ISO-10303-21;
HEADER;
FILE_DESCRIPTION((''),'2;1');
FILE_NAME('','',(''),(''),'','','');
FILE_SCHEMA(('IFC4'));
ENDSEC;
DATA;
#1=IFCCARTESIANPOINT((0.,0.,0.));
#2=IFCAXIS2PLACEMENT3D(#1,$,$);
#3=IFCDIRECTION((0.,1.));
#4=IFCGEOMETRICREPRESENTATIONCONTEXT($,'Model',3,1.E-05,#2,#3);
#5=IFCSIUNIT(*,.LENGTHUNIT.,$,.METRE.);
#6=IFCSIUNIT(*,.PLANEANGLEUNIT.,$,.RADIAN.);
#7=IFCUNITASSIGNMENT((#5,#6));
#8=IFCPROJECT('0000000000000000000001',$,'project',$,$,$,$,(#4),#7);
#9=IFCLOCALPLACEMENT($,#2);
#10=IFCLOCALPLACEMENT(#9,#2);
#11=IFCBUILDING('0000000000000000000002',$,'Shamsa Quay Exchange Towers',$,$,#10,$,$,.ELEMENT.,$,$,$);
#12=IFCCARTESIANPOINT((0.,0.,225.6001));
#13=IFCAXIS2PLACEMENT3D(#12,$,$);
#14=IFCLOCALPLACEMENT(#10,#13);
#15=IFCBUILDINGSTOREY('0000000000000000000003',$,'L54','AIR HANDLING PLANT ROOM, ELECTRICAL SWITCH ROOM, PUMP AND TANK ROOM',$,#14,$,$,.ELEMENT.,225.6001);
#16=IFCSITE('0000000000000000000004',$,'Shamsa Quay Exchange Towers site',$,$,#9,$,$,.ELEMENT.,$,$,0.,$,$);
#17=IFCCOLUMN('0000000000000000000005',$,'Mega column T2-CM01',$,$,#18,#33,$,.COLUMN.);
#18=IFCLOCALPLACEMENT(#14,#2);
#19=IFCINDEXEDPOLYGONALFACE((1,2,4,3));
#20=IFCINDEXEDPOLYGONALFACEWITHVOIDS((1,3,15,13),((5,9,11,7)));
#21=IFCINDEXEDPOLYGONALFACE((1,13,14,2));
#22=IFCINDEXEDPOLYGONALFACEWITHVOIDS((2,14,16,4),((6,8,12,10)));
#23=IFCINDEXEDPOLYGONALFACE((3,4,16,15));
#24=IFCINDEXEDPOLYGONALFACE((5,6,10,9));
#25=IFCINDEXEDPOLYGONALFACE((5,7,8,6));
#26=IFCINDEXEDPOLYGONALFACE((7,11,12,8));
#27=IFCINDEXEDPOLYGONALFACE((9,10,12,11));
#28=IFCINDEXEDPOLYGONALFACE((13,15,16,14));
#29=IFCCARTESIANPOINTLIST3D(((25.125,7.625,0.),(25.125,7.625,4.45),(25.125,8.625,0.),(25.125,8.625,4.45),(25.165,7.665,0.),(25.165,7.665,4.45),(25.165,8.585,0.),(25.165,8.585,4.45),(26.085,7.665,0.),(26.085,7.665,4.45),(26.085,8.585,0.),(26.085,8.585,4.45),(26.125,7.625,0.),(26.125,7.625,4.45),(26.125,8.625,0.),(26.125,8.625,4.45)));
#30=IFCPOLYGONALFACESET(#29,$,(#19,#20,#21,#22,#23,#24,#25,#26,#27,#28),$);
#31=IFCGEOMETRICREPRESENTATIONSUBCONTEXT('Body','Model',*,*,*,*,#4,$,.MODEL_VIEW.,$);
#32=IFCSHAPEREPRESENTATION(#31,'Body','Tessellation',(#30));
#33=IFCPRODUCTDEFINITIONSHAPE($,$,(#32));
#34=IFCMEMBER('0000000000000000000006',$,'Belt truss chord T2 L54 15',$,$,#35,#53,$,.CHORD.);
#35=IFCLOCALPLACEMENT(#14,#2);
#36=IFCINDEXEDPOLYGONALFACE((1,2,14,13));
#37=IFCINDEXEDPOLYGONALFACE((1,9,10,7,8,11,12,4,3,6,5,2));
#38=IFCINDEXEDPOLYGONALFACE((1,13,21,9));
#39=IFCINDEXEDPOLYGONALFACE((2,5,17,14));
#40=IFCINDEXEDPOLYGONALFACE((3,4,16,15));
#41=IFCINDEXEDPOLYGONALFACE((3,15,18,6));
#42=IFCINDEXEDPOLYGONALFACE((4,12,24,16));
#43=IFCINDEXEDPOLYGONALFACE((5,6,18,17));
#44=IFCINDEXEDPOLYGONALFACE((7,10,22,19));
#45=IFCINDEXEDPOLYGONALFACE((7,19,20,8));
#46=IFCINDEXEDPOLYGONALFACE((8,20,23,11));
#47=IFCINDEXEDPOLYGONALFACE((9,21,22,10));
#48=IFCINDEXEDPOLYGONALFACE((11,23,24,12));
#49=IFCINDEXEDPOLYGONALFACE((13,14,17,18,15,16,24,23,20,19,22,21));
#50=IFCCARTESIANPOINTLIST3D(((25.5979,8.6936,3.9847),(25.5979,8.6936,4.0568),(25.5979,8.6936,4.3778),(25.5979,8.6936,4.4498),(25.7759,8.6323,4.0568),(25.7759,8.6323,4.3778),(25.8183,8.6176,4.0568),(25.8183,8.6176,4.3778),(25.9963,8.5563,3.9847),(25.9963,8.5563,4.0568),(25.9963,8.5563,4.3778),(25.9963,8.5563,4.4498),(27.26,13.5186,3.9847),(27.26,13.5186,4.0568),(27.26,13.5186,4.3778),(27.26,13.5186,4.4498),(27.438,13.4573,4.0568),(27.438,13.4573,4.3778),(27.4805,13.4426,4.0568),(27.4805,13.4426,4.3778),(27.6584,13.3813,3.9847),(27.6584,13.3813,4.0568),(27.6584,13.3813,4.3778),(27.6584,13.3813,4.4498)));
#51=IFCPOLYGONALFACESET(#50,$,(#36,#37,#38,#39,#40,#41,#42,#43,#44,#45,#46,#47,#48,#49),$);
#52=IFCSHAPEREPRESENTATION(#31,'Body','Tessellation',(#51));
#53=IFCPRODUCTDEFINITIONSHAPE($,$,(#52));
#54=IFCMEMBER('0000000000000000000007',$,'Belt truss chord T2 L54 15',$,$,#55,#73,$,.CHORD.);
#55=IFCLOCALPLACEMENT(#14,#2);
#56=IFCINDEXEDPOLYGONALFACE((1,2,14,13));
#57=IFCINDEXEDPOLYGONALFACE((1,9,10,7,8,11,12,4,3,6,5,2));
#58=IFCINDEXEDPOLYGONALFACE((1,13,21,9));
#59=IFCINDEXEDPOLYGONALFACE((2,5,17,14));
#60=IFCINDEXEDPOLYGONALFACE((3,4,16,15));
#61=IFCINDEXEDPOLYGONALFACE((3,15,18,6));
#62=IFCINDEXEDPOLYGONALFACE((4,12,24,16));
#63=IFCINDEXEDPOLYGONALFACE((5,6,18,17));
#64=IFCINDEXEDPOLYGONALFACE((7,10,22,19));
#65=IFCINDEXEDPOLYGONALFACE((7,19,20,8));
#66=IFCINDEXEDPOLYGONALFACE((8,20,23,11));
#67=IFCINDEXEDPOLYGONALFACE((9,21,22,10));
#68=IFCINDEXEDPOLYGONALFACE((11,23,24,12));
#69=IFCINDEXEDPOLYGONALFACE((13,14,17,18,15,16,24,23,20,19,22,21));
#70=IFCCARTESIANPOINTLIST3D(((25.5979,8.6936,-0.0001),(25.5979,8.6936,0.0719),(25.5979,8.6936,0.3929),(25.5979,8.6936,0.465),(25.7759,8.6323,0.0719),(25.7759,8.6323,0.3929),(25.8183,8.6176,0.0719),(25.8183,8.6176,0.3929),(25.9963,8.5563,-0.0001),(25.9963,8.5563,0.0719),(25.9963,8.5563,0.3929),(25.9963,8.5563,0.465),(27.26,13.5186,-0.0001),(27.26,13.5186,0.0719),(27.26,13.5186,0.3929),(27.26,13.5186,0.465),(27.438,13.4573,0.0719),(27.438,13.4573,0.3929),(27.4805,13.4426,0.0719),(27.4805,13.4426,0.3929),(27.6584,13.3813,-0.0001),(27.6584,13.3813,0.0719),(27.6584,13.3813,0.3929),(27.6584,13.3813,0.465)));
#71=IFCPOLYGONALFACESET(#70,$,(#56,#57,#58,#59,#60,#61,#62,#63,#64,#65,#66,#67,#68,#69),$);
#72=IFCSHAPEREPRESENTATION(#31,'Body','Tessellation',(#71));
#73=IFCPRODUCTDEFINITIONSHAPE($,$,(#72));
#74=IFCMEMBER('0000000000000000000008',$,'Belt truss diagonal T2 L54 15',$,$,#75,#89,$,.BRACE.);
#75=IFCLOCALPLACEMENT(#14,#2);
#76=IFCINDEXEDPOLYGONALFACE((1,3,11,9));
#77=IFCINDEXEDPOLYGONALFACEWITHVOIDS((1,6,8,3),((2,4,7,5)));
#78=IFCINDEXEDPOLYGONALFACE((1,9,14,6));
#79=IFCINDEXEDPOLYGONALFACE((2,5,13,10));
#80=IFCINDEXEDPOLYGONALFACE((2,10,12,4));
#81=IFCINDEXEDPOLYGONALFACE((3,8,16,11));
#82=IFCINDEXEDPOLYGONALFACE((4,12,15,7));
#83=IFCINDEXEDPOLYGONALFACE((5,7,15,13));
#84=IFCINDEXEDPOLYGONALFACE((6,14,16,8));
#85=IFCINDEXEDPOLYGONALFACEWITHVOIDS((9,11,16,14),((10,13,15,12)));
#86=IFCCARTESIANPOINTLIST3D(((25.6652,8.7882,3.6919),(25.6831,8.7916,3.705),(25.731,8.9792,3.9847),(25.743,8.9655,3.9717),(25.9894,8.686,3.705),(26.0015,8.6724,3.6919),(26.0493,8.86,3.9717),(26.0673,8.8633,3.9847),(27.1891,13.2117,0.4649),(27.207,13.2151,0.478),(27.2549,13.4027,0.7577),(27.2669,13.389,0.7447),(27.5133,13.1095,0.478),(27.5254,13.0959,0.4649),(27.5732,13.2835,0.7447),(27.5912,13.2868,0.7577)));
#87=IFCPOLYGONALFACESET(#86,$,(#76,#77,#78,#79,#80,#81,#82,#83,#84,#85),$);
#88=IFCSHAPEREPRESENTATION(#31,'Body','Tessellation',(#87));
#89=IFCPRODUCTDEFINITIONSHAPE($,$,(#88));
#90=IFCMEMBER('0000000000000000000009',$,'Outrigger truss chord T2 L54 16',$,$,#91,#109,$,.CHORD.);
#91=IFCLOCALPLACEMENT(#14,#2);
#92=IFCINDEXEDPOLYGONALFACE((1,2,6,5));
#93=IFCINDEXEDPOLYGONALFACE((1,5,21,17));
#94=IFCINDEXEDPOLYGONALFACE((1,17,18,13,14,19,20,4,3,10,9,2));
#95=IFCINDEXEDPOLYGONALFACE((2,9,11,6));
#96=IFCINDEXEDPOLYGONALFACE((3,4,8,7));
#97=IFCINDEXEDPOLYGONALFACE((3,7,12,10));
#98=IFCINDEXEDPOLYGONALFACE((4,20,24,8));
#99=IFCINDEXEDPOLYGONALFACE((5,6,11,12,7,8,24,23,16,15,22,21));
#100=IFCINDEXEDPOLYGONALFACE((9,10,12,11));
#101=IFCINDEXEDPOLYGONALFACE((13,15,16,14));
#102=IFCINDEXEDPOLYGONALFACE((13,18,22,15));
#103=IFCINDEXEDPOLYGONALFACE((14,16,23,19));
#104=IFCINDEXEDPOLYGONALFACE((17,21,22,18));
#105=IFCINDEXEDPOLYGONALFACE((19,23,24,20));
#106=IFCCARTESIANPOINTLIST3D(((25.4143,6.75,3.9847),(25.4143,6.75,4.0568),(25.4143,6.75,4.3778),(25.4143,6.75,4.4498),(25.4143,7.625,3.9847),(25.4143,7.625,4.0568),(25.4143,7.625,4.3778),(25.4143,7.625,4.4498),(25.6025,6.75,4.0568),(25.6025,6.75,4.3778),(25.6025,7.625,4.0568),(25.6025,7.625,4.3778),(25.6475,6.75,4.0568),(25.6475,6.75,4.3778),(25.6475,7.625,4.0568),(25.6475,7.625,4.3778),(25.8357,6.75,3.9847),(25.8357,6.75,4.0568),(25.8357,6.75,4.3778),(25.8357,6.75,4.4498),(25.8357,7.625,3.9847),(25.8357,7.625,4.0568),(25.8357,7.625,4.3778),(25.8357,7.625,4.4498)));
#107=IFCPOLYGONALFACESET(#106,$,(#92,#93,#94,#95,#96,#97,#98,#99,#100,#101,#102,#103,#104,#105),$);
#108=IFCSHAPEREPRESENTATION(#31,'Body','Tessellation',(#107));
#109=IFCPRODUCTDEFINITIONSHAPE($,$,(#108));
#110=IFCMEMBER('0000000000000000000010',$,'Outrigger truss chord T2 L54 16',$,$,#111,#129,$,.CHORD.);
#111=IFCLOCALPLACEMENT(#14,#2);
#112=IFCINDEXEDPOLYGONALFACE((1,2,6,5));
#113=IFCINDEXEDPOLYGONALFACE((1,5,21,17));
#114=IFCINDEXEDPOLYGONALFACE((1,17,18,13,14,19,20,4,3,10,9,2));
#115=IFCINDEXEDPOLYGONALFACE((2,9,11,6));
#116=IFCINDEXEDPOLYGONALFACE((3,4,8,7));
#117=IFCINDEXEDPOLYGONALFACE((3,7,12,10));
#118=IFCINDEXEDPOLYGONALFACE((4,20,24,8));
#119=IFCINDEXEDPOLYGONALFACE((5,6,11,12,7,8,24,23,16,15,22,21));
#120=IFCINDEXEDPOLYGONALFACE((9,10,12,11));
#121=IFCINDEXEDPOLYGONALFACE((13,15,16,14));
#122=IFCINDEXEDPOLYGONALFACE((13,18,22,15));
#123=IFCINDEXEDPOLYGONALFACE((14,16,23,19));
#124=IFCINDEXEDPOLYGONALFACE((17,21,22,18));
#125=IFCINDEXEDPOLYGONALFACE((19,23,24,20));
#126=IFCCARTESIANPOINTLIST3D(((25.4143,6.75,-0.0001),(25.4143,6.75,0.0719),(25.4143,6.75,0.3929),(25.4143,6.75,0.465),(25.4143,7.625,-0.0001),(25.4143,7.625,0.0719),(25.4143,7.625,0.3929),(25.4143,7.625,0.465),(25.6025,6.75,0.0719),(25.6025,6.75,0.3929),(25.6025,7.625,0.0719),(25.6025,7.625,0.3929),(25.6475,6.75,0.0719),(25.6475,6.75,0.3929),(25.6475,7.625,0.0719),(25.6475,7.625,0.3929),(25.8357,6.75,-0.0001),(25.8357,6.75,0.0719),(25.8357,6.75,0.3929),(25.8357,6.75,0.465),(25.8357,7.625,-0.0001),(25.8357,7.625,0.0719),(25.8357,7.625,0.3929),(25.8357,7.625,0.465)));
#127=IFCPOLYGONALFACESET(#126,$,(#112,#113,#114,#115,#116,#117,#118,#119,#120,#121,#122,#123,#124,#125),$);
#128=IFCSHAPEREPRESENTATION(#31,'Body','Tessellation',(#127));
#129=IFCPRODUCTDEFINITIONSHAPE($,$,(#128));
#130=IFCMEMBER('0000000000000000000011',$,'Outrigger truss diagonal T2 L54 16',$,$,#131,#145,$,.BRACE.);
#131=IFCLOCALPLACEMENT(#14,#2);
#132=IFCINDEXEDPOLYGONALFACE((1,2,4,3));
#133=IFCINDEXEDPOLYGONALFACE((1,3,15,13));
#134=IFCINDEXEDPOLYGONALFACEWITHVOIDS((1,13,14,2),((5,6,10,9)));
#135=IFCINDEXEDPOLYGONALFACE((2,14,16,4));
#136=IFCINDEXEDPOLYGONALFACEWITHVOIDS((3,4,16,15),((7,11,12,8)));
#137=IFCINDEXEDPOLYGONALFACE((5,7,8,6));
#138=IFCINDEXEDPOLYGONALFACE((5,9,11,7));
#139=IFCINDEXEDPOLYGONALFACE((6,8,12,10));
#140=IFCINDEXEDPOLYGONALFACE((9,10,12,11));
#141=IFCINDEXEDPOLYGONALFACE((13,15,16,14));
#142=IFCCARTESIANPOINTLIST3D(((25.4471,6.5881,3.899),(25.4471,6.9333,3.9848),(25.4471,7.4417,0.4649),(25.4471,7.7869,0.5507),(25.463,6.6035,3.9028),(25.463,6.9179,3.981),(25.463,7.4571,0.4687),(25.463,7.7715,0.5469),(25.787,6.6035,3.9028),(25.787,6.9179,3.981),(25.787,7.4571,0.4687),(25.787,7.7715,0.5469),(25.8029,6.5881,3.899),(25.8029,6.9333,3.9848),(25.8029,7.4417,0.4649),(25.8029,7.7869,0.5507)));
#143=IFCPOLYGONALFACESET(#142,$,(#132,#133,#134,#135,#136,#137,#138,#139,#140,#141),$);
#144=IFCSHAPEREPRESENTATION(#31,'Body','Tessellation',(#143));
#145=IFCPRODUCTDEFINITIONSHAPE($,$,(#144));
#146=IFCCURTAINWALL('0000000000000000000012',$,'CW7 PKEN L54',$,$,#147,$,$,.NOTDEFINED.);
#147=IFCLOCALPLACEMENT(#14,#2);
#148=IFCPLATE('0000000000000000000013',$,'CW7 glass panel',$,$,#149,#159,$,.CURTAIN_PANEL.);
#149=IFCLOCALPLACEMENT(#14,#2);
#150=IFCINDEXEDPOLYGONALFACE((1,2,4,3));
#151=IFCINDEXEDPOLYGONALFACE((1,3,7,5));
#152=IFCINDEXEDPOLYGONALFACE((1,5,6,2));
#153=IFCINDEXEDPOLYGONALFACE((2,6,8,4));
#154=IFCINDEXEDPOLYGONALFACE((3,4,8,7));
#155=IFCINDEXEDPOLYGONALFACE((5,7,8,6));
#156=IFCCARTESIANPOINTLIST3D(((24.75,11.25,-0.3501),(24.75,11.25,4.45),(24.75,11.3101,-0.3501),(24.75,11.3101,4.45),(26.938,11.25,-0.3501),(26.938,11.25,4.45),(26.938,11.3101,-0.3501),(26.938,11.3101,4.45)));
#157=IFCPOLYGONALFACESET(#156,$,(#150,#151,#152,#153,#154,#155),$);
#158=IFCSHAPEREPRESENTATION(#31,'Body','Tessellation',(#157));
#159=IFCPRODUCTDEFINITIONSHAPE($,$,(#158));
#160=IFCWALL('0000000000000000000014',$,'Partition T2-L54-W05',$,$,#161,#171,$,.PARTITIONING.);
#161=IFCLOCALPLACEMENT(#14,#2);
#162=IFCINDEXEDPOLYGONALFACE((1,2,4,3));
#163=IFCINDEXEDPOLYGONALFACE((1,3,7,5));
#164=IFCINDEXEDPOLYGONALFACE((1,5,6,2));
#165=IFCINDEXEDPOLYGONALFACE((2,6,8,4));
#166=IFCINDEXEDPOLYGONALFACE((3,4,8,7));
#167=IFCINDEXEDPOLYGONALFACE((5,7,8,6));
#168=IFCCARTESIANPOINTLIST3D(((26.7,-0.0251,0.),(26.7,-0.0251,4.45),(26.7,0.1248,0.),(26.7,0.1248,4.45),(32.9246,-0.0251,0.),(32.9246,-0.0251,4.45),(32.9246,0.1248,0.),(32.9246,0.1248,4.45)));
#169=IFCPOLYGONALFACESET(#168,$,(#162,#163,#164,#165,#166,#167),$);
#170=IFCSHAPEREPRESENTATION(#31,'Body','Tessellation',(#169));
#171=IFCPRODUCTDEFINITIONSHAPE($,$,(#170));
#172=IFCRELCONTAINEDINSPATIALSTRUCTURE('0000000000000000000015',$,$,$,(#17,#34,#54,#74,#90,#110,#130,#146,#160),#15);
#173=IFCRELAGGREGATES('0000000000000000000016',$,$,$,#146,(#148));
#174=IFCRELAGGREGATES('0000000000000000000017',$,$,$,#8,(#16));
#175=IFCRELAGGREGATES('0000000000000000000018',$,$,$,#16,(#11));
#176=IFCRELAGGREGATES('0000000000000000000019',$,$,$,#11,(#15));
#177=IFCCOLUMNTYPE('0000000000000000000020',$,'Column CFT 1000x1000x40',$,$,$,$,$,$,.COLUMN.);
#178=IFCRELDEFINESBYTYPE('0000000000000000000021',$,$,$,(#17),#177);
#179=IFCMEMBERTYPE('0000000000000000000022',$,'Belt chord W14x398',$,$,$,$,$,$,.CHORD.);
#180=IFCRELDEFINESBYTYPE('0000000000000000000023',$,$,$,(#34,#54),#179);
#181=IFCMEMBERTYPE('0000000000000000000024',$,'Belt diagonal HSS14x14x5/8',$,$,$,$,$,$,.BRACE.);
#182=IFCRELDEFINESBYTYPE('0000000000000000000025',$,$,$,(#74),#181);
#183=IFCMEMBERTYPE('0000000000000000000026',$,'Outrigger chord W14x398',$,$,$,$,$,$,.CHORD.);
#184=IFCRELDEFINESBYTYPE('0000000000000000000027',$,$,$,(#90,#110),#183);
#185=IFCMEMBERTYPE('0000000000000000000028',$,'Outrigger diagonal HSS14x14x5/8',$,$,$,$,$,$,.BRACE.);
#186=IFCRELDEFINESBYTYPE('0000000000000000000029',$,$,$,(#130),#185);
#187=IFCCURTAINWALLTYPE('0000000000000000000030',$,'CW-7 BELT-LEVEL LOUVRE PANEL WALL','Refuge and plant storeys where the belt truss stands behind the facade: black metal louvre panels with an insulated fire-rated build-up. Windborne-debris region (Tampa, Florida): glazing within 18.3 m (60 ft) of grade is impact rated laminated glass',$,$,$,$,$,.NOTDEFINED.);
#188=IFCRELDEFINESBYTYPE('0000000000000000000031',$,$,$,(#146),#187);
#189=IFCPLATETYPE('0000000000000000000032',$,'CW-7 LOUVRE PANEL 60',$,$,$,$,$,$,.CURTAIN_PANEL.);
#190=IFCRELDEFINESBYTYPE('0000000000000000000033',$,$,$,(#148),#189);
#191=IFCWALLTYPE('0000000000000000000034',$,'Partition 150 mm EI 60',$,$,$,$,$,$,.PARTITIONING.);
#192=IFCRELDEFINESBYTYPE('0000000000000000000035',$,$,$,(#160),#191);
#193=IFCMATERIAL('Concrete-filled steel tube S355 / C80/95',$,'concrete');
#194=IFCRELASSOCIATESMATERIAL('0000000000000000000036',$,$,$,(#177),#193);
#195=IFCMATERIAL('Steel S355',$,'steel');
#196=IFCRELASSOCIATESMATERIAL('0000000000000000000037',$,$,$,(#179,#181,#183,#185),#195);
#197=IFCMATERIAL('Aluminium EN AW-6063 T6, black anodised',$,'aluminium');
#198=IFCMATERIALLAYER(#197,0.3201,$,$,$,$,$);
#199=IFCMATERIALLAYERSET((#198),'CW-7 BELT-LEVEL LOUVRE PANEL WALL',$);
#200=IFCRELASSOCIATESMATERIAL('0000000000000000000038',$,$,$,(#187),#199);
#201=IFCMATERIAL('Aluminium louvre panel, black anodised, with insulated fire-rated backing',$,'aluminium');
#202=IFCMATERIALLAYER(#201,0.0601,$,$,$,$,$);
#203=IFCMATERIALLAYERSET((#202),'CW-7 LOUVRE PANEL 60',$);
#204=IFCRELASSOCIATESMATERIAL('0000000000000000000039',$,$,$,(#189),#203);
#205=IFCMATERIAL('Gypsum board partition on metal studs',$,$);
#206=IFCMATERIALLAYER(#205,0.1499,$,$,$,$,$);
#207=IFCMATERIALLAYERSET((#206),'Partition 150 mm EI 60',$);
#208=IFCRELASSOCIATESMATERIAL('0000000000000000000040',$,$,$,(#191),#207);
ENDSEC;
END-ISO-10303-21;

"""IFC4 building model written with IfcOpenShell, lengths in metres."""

from ifc_helpers import new_model, si_unit, direction, frame, frame_2d, origin, origin_2d, place, context, subcontext, project, spatial, rectangle, hollow_rectangle, i_section, extrude, material, layer, layer_set, material_profile, profile_set, type_object, element, aggregate, save


model = new_model("IFC4")

# Units and contexts
model_context = context("Model", 3, precision=1e-05, world=origin(), true_north=direction((0.0, 1.0)))
body_context = subcontext(model_context, "Body", "Model", "MODEL_VIEW")
ifc_project = project(units=[si_unit("LENGTHUNIT", "METRE"), si_unit("PLANEANGLEUNIT", "RADIAN")], contexts=[model_context])

# Site, building, storey
site_placement = place(None, origin())
site = spatial("IfcSite", under=ifc_project, at=site_placement, Name="Shamsa Quay Exchange Towers site", CompositionType="ELEMENT", RefElevation=0.0)
building_placement = place(site_placement, origin())
building = spatial("IfcBuilding", under=site, at=building_placement, Name="Shamsa Quay Exchange Towers", CompositionType="ELEMENT")
storey_placement = place(building_placement, frame((0.0, 0.0, 225.6001)))
storey = spatial("IfcBuildingStorey", under=building, at=storey_placement, Name="L54", Description="AIR HANDLING PLANT ROOM, ELECTRICAL SWITCH ROOM, PUMP AND TANK ROOM", CompositionType="ELEMENT", Elevation=225.6001)

# Column
ifc_material_1 = material(Name="Concrete-filled steel tube S355 / C80/95", Category="concrete")
ifc_material_profile_1 = material_profile(ifc_material_1, hollow_rectangle(XDim=1.0, YDim=1.0, WallThickness=0.04, at=origin_2d()), Name="CFT 1000x1000x40")
ifc_profile_set_1 = profile_set([ifc_material_profile_1], Name="Concrete-filled steel tube S355 / C80/95")
column_type = type_object("IfcColumnType", Name="Column CFT 1000x1000x40", PredefinedType="COLUMN", material=ifc_profile_set_1)
column_placement = place(storey_placement, frame((25.625, 8.125, 0.0)))
element("IfcColumn", 1, at=column_placement, inside=storey, type_object=column_type, Name="Mega column T2-CM01", PredefinedType="COLUMN", context=body_context, shape_type="SweptSolid", body=[
    extrude(hollow_rectangle(XDim=1.0, YDim=1.0, WallThickness=0.04, at=origin_2d()), origin(), (0.0, 0.0, 1.0), 4.45),
])

# Members
ifc_material_2 = material(Name="Steel S355", Category="steel")
ifc_material_profile_2 = material_profile(ifc_material_2, i_section(OverallWidth=0.4214, OverallDepth=0.4651, WebThickness=0.0449, FlangeThickness=0.072, at=origin_2d()), Name="W14x398")
ifc_profile_set_2 = profile_set([ifc_material_profile_2], Name="Steel S355")
member_type_1 = type_object("IfcMemberType", Name="Belt chord W14x398", PredefinedType="CHORD", material=ifc_profile_set_2)
for number, where, z_axis, x_axis, name in (
    (2, (27.4592, 13.45, 4.2173), (-0.325699, -0.945474, 0.0), (0.945474, -0.325699, 0.0), "Belt truss chord T2 L54 15"),
    (3, (27.4592, 13.45, 0.2324), (-0.325699, -0.945474, 0.0), (0.945474, -0.325699, 0.0), "Belt truss chord T2 L54 15"),
):
    element("IfcMember", number, at=place(storey_placement, frame(where, z_axis=z_axis, x_axis=x_axis)), inside=storey, type_object=member_type_1, Name=name, PredefinedType="CHORD", context=body_context, shape_type="SweptSolid", body=[
        extrude(i_section(OverallWidth=0.4214, OverallDepth=0.4651, WebThickness=0.0449, FlangeThickness=0.072, at=origin_2d()), origin(), (0.0, 0.0, 1.0), 5.1033),
    ])
ifc_material_profile_3 = material_profile(ifc_material_2, hollow_rectangle(XDim=0.3557, YDim=0.3557, WallThickness=0.0159, at=origin_2d()), Name="HSS14x14x5/8")
ifc_profile_set_3 = profile_set([ifc_material_profile_3], Name="Steel S355")
member_type_2 = type_object("IfcMemberType", Name="Belt diagonal HSS14x14x5/8", PredefinedType="BRACE", material=ifc_profile_set_3)
member_1_placement = place(storey_placement, frame((27.3901, 13.2493, 0.6113), z_axis=(-0.268123, -0.778295, 0.567774), x_axis=(0.945468, -0.325714, 0.0)))
element("IfcMember", 4, at=member_1_placement, inside=storey, type_object=member_type_2, Name="Belt truss diagonal T2 L54 15", PredefinedType="BRACE", context=body_context, shape_type="SweptSolid", body=[
    extrude(hollow_rectangle(XDim=0.3557, YDim=0.3557, WallThickness=0.0159, at=origin_2d()), origin(), (0.0, 0.0, 1.0), 5.6836),
])
ifc_material_profile_4 = material_profile(ifc_material_2, i_section(OverallWidth=0.4214, OverallDepth=0.4651, WebThickness=0.0449, FlangeThickness=0.072, at=origin_2d()), Name="W14x398")
ifc_profile_set_4 = profile_set([ifc_material_profile_4], Name="Steel S355")
member_type_3 = type_object("IfcMemberType", Name="Outrigger chord W14x398", PredefinedType="CHORD", material=ifc_profile_set_4)
for number, where, z_axis, x_axis, name in (
    (5, (25.625, 7.625, 4.2173), (0.0, -1.0, 0.0), (1.0, 0.0, 0.0), "Outrigger truss chord T2 L54 16"),
    (6, (25.625, 7.625, 0.2324), (0.0, -1.0, 0.0), (1.0, 0.0, 0.0), "Outrigger truss chord T2 L54 16"),
):
    element("IfcMember", number, at=place(storey_placement, frame(where, z_axis=z_axis, x_axis=x_axis)), inside=storey, type_object=member_type_3, Name=name, PredefinedType="CHORD", context=body_context, shape_type="SweptSolid", body=[
        extrude(i_section(OverallWidth=0.4214, OverallDepth=0.4651, WebThickness=0.0449, FlangeThickness=0.072, at=origin_2d()), origin(), (0.0, 0.0, 1.0), 0.875),
    ])
ifc_material_profile_5 = material_profile(ifc_material_2, hollow_rectangle(XDim=0.3557, YDim=0.3557, WallThickness=0.0159, at=origin_2d()), Name="HSS14x14x5/8")
ifc_profile_set_5 = profile_set([ifc_material_profile_5], Name="Steel S355")
member_type_4 = type_object("IfcMemberType", Name="Outrigger diagonal HSS14x14x5/8", PredefinedType="BRACE", material=ifc_profile_set_5)
member_2_placement = place(storey_placement, frame((25.625, 7.6143, 0.5078), z_axis=(0.0, -0.241204, 0.970474), x_axis=(1.0, 0.0, 0.0)))
element("IfcMember", 7, at=member_2_placement, inside=storey, type_object=member_type_4, Name="Outrigger truss diagonal T2 L54 16", PredefinedType="BRACE", context=body_context, shape_type="SweptSolid", body=[
    extrude(hollow_rectangle(XDim=0.3557, YDim=0.3557, WallThickness=0.0159, at=origin_2d()), origin(), (0.0, 0.0, 1.0), 3.5386),
])

# Curtain wall, plate
ifc_material_3 = material(Name="Aluminium EN AW-6063 T6, black anodised", Category="aluminium")
ifc_layer_1 = layer(ifc_material_3, 0.3201)
ifc_layer_set_1 = layer_set([ifc_layer_1], Name="CW-7 BELT-LEVEL LOUVRE PANEL WALL")
curtain_wall_type = type_object("IfcCurtainWallType", Name="CW-7 BELT-LEVEL LOUVRE PANEL WALL", Description="Refuge and plant storeys where the belt truss stands behind the facade: black metal louvre panels with an insulated fire-rated build-up. Windborne-debris region (Tampa, Florida): glazing within 18.3 m (60 ft) of grade is impact rated laminated glass", PredefinedType="NOTDEFINED", material=ifc_layer_set_1)
curtain_wall_placement = place(storey_placement, origin())
curtain_wall = element("IfcCurtainWall", 8, at=curtain_wall_placement, inside=storey, type_object=curtain_wall_type, Name="CW7 PKEN L54", PredefinedType="NOTDEFINED")
ifc_material_4 = material(Name="Aluminium louvre panel, black anodised, with insulated fire-rated backing", Category="aluminium")
ifc_layer_2 = layer(ifc_material_4, 0.0601)
ifc_layer_set_2 = layer_set([ifc_layer_2], Name="CW-7 LOUVRE PANEL 60")
plate_type = type_object("IfcPlateType", Name="CW-7 LOUVRE PANEL 60", PredefinedType="CURTAIN_PANEL", material=ifc_layer_set_2)
plate_placement = place(storey_placement, frame((25.844, 11.28, -0.3501), z_axis=(0.0, 0.0, 1.0), x_axis=(-1.0, 0.0, 0.0)))
plate = element("IfcPlate", 9, at=plate_placement, type_object=plate_type, Name="CW7 glass panel", PredefinedType="CURTAIN_PANEL", context=body_context, shape_type="SweptSolid", body=[
    extrude(rectangle(XDim=2.188, YDim=0.0601, at=origin_2d()), origin(), (0.0, 0.0, 1.0), 4.8),
])
aggregate(curtain_wall, [plate])

# Wall
ifc_material_5 = material(Name="Gypsum board partition on metal studs")
ifc_layer_3 = layer(ifc_material_5, 0.1499)
ifc_layer_set_3 = layer_set([ifc_layer_3], Name="Partition 150 mm EI 60")
wall_type_1 = type_object("IfcWallType", Name="Partition 150 mm EI 60", PredefinedType="PARTITIONING", material=ifc_layer_set_3)
wall_1_placement = place(storey_placement, frame((32.9246, 0.0498, 0.0), z_axis=(0.0, 0.0, 1.0), x_axis=(-1.0, 0.0, 0.0)))
element("IfcWall", 10, at=wall_1_placement, inside=storey, type_object=wall_type_1, Name="Partition T2-L54-W05", PredefinedType="PARTITIONING", context=body_context, shape_type="SweptSolid", body=[
    extrude(rectangle(XDim=6.2246, YDim=0.1499, at=frame_2d((3.1123, 0.0))), origin(), (0.0, 0.0, 1.0), 4.45),
])

save(model, "model.ifc")
